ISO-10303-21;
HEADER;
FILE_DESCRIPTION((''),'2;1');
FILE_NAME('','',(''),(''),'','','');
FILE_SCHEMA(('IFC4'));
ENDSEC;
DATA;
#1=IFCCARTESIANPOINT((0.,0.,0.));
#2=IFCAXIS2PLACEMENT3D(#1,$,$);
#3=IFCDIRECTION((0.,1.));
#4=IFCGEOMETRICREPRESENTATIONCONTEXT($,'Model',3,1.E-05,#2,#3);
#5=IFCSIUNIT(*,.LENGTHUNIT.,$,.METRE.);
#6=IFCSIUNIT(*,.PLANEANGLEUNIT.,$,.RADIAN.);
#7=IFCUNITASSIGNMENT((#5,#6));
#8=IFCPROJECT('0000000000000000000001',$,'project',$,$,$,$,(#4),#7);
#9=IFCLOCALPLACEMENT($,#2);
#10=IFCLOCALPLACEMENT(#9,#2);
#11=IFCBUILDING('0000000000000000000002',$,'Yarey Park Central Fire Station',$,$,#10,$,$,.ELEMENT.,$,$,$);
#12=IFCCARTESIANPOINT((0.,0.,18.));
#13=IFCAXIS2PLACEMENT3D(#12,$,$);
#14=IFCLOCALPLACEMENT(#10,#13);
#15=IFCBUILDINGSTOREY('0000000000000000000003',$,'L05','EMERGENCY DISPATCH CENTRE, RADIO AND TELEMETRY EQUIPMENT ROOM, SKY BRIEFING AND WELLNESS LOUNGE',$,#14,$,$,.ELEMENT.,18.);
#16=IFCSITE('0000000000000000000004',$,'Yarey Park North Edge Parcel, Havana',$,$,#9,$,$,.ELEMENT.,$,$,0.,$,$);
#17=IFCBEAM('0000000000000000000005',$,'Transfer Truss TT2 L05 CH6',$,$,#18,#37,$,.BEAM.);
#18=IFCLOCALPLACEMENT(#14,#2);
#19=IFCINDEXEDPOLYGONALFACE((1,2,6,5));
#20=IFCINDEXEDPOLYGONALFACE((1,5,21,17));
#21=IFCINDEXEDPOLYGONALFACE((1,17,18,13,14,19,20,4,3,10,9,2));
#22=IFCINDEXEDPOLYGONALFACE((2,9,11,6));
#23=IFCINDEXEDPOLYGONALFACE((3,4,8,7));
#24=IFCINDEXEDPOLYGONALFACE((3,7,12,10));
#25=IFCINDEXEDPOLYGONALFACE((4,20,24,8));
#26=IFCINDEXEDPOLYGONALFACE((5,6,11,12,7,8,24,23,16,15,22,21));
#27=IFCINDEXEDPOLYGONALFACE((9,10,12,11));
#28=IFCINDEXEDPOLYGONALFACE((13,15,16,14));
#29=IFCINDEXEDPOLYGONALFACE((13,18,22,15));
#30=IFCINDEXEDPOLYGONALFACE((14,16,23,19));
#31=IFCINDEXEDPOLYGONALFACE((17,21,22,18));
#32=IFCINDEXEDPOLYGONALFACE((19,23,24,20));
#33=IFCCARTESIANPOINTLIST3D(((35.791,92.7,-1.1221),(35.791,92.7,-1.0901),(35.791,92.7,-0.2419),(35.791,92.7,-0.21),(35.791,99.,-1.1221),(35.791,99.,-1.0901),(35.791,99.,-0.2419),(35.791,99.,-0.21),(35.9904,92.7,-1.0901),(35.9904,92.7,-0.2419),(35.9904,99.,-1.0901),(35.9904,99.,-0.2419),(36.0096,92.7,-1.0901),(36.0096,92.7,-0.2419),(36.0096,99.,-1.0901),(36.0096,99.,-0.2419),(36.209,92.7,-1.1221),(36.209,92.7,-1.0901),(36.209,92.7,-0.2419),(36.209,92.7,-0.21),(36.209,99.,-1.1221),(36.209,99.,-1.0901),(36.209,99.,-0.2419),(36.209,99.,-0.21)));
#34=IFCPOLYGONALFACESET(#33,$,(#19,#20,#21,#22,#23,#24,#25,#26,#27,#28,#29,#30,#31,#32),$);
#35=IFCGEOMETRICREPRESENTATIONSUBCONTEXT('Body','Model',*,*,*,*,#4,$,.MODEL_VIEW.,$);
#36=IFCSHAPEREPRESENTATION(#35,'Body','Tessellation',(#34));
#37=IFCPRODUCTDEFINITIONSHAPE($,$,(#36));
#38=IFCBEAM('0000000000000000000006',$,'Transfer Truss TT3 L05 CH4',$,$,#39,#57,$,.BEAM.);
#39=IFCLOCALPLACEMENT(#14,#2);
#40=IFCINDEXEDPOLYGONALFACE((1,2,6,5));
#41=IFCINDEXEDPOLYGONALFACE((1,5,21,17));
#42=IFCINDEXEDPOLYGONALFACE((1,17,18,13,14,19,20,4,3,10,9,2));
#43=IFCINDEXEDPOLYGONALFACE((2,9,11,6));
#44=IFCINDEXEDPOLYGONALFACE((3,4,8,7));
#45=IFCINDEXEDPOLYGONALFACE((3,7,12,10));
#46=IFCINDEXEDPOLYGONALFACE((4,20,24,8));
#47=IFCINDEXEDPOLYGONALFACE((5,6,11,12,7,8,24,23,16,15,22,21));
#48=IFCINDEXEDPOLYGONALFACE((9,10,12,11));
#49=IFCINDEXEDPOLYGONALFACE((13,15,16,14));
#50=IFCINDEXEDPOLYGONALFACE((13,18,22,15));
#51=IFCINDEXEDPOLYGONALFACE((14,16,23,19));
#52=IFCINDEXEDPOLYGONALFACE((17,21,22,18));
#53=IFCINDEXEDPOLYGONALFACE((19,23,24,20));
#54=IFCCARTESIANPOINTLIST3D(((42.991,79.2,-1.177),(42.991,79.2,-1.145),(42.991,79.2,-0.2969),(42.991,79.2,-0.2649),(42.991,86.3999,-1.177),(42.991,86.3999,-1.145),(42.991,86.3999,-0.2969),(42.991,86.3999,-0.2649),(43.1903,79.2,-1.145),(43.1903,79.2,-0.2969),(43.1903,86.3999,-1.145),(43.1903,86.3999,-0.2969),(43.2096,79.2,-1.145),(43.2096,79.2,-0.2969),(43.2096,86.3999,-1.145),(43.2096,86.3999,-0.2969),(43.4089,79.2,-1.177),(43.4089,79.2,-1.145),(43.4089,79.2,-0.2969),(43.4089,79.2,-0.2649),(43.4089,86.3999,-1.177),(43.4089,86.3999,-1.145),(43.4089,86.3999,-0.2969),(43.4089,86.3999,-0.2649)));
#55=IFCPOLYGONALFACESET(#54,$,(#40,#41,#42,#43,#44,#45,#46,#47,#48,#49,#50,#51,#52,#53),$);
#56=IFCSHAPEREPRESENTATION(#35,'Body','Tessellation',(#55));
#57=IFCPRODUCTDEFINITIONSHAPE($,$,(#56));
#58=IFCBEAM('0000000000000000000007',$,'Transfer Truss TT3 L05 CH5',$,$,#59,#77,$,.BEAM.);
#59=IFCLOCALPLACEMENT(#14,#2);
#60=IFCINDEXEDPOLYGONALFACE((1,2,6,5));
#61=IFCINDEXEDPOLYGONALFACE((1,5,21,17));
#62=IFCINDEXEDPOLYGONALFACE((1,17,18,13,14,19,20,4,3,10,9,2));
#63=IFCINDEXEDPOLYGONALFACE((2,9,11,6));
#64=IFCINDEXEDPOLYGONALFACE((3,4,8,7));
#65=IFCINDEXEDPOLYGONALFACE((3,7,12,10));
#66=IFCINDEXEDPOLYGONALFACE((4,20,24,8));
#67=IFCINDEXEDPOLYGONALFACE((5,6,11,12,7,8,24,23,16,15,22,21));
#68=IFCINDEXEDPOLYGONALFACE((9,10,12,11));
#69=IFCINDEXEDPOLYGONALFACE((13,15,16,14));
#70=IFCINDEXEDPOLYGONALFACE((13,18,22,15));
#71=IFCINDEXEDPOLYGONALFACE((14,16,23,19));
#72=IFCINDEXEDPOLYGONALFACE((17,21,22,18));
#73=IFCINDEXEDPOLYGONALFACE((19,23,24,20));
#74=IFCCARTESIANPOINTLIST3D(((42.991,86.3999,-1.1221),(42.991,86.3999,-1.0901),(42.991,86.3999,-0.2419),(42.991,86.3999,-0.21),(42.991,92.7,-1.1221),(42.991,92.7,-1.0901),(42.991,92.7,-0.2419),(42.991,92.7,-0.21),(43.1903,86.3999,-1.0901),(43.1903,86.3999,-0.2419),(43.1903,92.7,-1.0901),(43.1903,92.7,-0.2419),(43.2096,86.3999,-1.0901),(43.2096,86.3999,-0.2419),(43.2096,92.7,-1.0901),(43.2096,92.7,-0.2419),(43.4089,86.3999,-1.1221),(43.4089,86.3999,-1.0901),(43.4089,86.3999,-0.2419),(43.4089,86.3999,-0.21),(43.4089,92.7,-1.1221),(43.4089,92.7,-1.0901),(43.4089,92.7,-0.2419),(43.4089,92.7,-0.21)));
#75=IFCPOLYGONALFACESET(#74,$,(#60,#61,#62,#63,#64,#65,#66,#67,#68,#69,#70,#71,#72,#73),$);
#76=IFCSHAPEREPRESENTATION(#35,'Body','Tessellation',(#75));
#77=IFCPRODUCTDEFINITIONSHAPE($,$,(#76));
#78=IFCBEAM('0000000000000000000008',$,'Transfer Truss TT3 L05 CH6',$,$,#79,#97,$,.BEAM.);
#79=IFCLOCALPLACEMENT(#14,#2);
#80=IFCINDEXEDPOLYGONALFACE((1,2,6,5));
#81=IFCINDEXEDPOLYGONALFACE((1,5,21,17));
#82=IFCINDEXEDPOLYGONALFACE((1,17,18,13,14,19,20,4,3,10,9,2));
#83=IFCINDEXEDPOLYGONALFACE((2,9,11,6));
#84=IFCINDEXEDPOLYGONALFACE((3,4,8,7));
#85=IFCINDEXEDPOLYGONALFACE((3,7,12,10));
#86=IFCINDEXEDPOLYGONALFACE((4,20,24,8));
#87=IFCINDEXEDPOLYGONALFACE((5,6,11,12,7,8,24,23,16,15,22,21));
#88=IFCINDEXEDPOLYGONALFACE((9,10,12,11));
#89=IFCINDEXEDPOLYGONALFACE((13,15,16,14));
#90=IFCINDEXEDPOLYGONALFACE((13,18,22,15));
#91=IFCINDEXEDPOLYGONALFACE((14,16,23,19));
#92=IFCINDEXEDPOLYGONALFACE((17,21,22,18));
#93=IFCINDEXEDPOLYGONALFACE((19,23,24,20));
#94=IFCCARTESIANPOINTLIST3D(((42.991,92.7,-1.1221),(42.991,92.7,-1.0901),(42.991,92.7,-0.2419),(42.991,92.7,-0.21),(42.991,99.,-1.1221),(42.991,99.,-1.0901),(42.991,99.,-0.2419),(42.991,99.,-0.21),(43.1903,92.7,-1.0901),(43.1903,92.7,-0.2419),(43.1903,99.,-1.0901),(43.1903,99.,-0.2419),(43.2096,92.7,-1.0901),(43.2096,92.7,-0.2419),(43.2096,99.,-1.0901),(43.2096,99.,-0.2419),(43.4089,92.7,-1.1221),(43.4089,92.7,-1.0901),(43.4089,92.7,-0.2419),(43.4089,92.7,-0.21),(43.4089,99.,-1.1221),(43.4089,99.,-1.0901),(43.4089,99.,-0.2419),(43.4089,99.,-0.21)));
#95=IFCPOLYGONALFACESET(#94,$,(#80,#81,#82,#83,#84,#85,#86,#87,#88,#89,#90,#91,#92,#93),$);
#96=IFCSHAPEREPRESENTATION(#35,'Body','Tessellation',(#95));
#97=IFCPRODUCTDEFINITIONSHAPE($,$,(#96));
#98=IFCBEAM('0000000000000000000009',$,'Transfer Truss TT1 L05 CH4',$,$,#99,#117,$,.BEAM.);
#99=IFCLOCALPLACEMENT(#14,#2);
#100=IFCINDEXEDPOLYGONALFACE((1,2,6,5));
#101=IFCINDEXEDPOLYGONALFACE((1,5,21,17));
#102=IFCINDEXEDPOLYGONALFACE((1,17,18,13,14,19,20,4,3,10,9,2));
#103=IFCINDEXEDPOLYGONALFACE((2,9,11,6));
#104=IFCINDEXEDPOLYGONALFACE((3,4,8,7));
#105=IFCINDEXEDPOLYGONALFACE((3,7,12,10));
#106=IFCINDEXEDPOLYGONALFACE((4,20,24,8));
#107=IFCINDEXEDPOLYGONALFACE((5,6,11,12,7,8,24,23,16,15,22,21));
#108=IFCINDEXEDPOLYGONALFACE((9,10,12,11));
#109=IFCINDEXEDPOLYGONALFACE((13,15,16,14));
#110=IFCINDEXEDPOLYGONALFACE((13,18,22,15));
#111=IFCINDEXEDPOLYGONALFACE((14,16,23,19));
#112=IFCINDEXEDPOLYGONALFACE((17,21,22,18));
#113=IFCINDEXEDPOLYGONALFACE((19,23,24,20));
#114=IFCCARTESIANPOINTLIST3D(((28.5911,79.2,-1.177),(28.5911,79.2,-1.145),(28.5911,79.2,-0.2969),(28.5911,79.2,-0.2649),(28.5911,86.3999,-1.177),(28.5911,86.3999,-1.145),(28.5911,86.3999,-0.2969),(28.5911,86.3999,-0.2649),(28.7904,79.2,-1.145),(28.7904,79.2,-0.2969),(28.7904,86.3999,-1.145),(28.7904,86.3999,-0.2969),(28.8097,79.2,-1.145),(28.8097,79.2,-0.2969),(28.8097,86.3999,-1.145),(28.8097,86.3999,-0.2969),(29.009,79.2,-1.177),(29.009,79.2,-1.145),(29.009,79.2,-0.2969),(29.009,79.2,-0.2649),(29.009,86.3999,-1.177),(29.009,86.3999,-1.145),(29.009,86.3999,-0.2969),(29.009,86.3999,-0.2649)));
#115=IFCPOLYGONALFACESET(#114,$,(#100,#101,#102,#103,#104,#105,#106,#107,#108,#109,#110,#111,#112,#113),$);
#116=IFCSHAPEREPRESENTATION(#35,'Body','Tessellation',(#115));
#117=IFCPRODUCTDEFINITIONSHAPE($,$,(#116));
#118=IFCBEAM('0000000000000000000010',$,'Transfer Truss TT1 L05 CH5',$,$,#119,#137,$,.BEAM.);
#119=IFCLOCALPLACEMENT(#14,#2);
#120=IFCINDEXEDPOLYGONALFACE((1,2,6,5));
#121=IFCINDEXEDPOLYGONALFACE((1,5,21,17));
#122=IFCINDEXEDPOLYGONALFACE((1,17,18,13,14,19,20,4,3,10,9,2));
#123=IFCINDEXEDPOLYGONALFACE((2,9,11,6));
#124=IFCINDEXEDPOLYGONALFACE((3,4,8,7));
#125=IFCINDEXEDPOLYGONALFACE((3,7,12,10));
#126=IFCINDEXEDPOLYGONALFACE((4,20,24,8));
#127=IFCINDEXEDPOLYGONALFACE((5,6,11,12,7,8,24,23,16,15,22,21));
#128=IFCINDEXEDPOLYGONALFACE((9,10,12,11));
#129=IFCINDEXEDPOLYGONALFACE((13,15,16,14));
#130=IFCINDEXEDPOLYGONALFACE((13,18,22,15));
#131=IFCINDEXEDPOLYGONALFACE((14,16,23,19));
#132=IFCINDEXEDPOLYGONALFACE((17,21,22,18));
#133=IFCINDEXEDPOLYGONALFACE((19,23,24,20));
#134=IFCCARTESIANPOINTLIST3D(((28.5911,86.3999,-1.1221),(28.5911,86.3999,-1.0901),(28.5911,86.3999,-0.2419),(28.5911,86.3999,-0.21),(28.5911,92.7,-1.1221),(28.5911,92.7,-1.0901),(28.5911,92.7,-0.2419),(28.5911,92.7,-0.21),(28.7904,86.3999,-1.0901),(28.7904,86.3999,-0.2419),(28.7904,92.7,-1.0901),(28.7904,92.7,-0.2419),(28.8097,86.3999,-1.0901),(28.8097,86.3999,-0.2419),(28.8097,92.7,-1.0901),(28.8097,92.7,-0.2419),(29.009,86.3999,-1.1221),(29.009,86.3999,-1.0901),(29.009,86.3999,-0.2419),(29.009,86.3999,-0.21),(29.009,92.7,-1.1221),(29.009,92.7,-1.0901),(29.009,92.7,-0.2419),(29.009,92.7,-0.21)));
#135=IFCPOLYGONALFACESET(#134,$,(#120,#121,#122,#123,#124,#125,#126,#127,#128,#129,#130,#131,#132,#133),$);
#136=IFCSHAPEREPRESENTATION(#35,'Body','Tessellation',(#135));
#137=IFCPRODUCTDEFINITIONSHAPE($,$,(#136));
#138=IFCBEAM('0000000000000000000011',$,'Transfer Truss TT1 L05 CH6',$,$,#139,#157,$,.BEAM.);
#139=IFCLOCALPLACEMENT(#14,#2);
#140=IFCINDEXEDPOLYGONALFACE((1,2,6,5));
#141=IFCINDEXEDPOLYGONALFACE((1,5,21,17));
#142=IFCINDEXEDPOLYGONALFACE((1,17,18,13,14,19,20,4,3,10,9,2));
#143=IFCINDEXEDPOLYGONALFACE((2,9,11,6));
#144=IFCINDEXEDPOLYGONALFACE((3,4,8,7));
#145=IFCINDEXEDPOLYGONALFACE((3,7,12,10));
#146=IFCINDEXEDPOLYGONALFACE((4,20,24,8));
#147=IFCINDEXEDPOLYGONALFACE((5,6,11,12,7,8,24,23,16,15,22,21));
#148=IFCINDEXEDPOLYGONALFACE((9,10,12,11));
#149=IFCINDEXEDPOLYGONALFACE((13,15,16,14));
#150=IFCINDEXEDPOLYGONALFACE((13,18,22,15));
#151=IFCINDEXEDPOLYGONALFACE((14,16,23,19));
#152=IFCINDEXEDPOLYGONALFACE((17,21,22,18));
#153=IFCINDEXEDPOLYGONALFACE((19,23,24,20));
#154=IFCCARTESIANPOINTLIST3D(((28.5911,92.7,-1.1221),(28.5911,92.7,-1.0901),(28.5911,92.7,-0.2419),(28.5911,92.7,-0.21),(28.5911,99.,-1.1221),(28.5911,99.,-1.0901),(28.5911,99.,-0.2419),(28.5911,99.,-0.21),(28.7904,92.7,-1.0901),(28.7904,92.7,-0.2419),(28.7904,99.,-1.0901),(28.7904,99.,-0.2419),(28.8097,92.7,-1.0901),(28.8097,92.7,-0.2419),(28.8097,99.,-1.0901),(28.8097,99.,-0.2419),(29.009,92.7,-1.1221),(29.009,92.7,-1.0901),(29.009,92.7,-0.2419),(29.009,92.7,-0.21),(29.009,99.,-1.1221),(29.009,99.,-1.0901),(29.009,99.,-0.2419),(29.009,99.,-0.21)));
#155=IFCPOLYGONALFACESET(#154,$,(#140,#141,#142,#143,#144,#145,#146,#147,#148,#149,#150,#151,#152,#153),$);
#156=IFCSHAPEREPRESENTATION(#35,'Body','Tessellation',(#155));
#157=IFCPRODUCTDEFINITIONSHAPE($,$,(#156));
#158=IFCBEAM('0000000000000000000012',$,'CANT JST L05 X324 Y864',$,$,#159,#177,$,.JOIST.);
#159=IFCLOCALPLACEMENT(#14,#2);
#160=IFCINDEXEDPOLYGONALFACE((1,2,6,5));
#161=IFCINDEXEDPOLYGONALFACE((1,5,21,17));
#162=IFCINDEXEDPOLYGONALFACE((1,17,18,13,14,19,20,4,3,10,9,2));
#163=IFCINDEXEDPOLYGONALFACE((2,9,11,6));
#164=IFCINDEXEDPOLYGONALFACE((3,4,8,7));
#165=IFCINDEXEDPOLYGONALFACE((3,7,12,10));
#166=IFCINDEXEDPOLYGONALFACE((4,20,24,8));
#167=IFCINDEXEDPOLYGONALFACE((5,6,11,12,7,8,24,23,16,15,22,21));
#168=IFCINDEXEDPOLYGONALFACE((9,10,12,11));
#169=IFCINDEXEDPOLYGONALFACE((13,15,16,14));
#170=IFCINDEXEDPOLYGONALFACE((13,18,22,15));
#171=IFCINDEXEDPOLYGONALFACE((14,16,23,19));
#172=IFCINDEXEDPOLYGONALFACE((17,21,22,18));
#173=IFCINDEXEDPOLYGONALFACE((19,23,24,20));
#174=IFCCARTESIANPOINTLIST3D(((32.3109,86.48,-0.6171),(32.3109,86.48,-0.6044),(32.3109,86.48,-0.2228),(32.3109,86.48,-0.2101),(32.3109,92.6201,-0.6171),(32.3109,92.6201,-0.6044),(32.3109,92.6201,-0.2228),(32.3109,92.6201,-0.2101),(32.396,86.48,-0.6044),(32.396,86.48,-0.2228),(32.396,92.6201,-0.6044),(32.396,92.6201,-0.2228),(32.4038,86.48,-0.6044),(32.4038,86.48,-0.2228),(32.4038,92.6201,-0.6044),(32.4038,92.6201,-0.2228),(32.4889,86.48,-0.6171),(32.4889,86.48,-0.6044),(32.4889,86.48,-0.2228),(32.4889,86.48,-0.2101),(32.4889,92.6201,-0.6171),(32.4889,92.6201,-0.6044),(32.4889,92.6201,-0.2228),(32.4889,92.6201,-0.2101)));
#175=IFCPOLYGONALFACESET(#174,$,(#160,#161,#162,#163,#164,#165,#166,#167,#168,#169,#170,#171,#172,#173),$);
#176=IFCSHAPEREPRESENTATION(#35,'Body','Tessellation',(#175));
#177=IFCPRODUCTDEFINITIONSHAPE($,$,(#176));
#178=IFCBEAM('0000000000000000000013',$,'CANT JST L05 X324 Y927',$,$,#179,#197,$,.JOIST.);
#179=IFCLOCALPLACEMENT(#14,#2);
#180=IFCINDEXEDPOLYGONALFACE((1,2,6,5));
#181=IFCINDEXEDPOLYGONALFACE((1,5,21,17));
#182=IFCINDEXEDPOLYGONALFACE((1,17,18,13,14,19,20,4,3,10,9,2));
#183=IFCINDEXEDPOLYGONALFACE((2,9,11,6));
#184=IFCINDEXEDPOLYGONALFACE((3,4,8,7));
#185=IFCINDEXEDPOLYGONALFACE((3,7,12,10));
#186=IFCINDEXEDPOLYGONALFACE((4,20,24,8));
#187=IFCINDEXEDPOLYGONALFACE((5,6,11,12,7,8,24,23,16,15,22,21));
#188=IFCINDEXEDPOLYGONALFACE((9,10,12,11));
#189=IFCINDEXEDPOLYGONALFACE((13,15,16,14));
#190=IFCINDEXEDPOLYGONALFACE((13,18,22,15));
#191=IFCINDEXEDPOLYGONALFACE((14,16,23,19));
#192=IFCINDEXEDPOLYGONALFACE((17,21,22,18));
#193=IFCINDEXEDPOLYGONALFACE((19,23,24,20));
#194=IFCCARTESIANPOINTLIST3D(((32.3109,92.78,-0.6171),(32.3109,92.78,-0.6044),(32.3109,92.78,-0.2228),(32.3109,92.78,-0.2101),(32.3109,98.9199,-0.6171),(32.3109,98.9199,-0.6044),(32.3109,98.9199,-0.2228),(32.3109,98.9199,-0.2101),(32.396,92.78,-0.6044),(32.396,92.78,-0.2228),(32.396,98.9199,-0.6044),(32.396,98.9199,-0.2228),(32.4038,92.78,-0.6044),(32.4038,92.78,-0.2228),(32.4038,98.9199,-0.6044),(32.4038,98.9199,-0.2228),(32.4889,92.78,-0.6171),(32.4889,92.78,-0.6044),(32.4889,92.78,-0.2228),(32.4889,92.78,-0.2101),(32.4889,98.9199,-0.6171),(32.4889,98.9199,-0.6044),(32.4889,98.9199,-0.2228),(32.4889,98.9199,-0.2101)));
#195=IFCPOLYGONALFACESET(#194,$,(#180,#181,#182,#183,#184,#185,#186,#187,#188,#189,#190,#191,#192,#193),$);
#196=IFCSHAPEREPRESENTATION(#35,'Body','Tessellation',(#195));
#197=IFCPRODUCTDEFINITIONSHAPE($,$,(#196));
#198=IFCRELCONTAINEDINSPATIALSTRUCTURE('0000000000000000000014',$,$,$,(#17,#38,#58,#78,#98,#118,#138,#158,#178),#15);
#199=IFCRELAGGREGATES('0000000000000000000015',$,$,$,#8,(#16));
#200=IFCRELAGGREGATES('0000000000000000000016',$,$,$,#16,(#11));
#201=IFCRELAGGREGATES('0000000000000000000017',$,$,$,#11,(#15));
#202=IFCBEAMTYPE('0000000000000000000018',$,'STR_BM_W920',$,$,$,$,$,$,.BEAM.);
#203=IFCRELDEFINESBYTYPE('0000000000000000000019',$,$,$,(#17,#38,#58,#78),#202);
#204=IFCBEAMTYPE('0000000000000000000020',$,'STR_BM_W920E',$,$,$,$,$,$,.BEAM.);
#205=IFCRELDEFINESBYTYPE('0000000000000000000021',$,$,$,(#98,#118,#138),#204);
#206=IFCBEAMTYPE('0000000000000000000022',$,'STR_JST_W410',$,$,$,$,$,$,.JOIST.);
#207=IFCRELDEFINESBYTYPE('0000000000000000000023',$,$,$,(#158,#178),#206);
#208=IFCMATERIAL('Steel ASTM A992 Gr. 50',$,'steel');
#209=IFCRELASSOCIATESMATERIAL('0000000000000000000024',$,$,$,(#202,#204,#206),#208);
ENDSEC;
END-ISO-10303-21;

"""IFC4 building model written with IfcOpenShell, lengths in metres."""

from ifc_helpers import new_model, si_unit, direction, frame, origin, origin_2d, place, context, subcontext, project, spatial, i_section, extrude, material, material_profile, profile_set, type_object, element, save


model = new_model("IFC4")

# Units and contexts
model_context = context("Model", 3, precision=1e-05, world=origin(), true_north=direction((0.0, 1.0)))
body_context = subcontext(model_context, "Body", "Model", "MODEL_VIEW")
ifc_project = project(units=[si_unit("LENGTHUNIT", "METRE"), si_unit("PLANEANGLEUNIT", "RADIAN")], contexts=[model_context])

# Site, building, storey
site_placement = place(None, origin())
site = spatial("IfcSite", under=ifc_project, at=site_placement, Name="Yarey Park North Edge Parcel, Havana", CompositionType="ELEMENT", RefElevation=0.0)
building_placement = place(site_placement, origin())
building = spatial("IfcBuilding", under=site, at=building_placement, Name="Yarey Park Central Fire Station", CompositionType="ELEMENT")
storey_placement = place(building_placement, frame((0.0, 0.0, 18.0)))
storey = spatial("IfcBuildingStorey", under=building, at=storey_placement, Name="L05", Description="EMERGENCY DISPATCH CENTRE, RADIO AND TELEMETRY EQUIPMENT ROOM, SKY BRIEFING AND WELLNESS LOUNGE", CompositionType="ELEMENT", Elevation=18.0)

# Beams
ifc_material_1 = material(Name="Steel ASTM A992 Gr. 50", Category="steel")
ifc_material_profile_1 = material_profile(ifc_material_1, i_section(OverallWidth=0.418, OverallDepth=0.9121, WebThickness=0.0193, FlangeThickness=0.032, at=origin_2d()), Name="W920x342")
ifc_profile_set_1 = profile_set([ifc_material_profile_1], Name="Steel ASTM A992 Gr. 50")
beam_type_1 = type_object("IfcBeamType", Name="STR_BM_W920", PredefinedType="BEAM", material=ifc_profile_set_1)
for number, where, z_axis, x_axis, name in (
    (1, (36.0, 92.7, -0.666), (0.0, 1.0, 0.0), (-1.0, 0.0, 0.0), "Transfer Truss TT2 L05 CH6"),
):
    element("IfcBeam", number, at=place(storey_placement, frame(where, z_axis=z_axis, x_axis=x_axis)), inside=storey, type_object=beam_type_1, Name=name, PredefinedType="BEAM", context=body_context, shape_type="SweptSolid", body=[
        extrude(i_section(OverallWidth=0.418, OverallDepth=0.9121, WebThickness=0.0193, FlangeThickness=0.032, at=origin_2d()), origin(), (0.0, 0.0, 1.0), 6.3),
    ])
beam_1_placement = place(storey_placement, frame((43.2, 79.2, -0.7209), z_axis=(0.0, 1.0, 0.0), x_axis=(-1.0, 0.0, 0.0)))
element("IfcBeam", 2, at=beam_1_placement, inside=storey, type_object=beam_type_1, Name="Transfer Truss TT3 L05 CH4", PredefinedType="BEAM", context=body_context, shape_type="SweptSolid", body=[
    extrude(i_section(OverallWidth=0.418, OverallDepth=0.9121, WebThickness=0.0193, FlangeThickness=0.032, at=origin_2d()), origin(), (0.0, 0.0, 1.0), 7.2),
])
for number, where, z_axis, x_axis, name in (
    (3, (43.2, 86.3999, -0.666), (0.0, 1.0, 0.0), (-1.0, 0.0, 0.0), "Transfer Truss TT3 L05 CH5"),
    (4, (43.2, 92.7, -0.666), (0.0, 1.0, 0.0), (-1.0, 0.0, 0.0), "Transfer Truss TT3 L05 CH6"),
):
    element("IfcBeam", number, at=place(storey_placement, frame(where, z_axis=z_axis, x_axis=x_axis)), inside=storey, type_object=beam_type_1, Name=name, PredefinedType="BEAM", context=body_context, shape_type="SweptSolid", body=[
        extrude(i_section(OverallWidth=0.418, OverallDepth=0.9121, WebThickness=0.0193, FlangeThickness=0.032, at=origin_2d()), origin(), (0.0, 0.0, 1.0), 6.3),
    ])
ifc_material_profile_2 = material_profile(ifc_material_1, i_section(OverallWidth=0.418, OverallDepth=0.9121, WebThickness=0.0193, FlangeThickness=0.032, at=origin_2d()), Name="W920x342")
ifc_profile_set_2 = profile_set([ifc_material_profile_2], Name="Steel ASTM A992 Gr. 50")
beam_type_2 = type_object("IfcBeamType", Name="STR_BM_W920E", PredefinedType="BEAM", material=ifc_profile_set_2)
beam_2_placement = place(storey_placement, frame((28.8, 79.2, -0.7209), z_axis=(0.0, 1.0, 0.0), x_axis=(-1.0, 0.0, 0.0)))
element("IfcBeam", 5, at=beam_2_placement, inside=storey, type_object=beam_type_2, Name="Transfer Truss TT1 L05 CH4", PredefinedType="BEAM", context=body_context, shape_type="SweptSolid", body=[
    extrude(i_section(OverallWidth=0.418, OverallDepth=0.9121, WebThickness=0.0193, FlangeThickness=0.032, at=origin_2d()), origin(), (0.0, 0.0, 1.0), 7.2),
])
for number, where, z_axis, x_axis, name in (
    (6, (28.8, 86.3999, -0.666), (0.0, 1.0, 0.0), (-1.0, 0.0, 0.0), "Transfer Truss TT1 L05 CH5"),
    (7, (28.8, 92.7, -0.666), (0.0, 1.0, 0.0), (-1.0, 0.0, 0.0), "Transfer Truss TT1 L05 CH6"),
):
    element("IfcBeam", number, at=place(storey_placement, frame(where, z_axis=z_axis, x_axis=x_axis)), inside=storey, type_object=beam_type_2, Name=name, PredefinedType="BEAM", context=body_context, shape_type="SweptSolid", body=[
        extrude(i_section(OverallWidth=0.418, OverallDepth=0.9121, WebThickness=0.0193, FlangeThickness=0.032, at=origin_2d()), origin(), (0.0, 0.0, 1.0), 6.3),
    ])
ifc_material_profile_3 = material_profile(ifc_material_1, i_section(OverallWidth=0.178, OverallDepth=0.407, WebThickness=0.0078, FlangeThickness=0.0127, at=origin_2d()), Name="W410x60")
ifc_profile_set_3 = profile_set([ifc_material_profile_3], Name="Steel ASTM A992 Gr. 50")
beam_type_3 = type_object("IfcBeamType", Name="STR_JST_W410", PredefinedType="JOIST", material=ifc_profile_set_3)
beam_3_placement = place(storey_placement, frame((32.3999, 86.48, -0.4136), z_axis=(0.0, 1.0, 0.0), x_axis=(-1.0, 0.0, 0.0)))
element("IfcBeam", 8, at=beam_3_placement, inside=storey, type_object=beam_type_3, Name="CANT JST L05 X324 Y864", PredefinedType="JOIST", context=body_context, shape_type="SweptSolid", body=[
    extrude(i_section(OverallWidth=0.178, OverallDepth=0.407, WebThickness=0.0078, FlangeThickness=0.0127, at=origin_2d()), origin(), (0.0, 0.0, 1.0), 6.1401),
])
beam_4_placement = place(storey_placement, frame((32.3999, 92.78, -0.4136), z_axis=(0.0, 1.0, 0.0), x_axis=(-1.0, 0.0, 0.0)))
element("IfcBeam", 9, at=beam_4_placement, inside=storey, type_object=beam_type_3, Name="CANT JST L05 X324 Y927", PredefinedType="JOIST", context=body_context, shape_type="SweptSolid", body=[
    extrude(i_section(OverallWidth=0.178, OverallDepth=0.407, WebThickness=0.0078, FlangeThickness=0.0127, at=origin_2d()), origin(), (0.0, 0.0, 1.0), 6.1399),
])

save(model, "model.ifc")
